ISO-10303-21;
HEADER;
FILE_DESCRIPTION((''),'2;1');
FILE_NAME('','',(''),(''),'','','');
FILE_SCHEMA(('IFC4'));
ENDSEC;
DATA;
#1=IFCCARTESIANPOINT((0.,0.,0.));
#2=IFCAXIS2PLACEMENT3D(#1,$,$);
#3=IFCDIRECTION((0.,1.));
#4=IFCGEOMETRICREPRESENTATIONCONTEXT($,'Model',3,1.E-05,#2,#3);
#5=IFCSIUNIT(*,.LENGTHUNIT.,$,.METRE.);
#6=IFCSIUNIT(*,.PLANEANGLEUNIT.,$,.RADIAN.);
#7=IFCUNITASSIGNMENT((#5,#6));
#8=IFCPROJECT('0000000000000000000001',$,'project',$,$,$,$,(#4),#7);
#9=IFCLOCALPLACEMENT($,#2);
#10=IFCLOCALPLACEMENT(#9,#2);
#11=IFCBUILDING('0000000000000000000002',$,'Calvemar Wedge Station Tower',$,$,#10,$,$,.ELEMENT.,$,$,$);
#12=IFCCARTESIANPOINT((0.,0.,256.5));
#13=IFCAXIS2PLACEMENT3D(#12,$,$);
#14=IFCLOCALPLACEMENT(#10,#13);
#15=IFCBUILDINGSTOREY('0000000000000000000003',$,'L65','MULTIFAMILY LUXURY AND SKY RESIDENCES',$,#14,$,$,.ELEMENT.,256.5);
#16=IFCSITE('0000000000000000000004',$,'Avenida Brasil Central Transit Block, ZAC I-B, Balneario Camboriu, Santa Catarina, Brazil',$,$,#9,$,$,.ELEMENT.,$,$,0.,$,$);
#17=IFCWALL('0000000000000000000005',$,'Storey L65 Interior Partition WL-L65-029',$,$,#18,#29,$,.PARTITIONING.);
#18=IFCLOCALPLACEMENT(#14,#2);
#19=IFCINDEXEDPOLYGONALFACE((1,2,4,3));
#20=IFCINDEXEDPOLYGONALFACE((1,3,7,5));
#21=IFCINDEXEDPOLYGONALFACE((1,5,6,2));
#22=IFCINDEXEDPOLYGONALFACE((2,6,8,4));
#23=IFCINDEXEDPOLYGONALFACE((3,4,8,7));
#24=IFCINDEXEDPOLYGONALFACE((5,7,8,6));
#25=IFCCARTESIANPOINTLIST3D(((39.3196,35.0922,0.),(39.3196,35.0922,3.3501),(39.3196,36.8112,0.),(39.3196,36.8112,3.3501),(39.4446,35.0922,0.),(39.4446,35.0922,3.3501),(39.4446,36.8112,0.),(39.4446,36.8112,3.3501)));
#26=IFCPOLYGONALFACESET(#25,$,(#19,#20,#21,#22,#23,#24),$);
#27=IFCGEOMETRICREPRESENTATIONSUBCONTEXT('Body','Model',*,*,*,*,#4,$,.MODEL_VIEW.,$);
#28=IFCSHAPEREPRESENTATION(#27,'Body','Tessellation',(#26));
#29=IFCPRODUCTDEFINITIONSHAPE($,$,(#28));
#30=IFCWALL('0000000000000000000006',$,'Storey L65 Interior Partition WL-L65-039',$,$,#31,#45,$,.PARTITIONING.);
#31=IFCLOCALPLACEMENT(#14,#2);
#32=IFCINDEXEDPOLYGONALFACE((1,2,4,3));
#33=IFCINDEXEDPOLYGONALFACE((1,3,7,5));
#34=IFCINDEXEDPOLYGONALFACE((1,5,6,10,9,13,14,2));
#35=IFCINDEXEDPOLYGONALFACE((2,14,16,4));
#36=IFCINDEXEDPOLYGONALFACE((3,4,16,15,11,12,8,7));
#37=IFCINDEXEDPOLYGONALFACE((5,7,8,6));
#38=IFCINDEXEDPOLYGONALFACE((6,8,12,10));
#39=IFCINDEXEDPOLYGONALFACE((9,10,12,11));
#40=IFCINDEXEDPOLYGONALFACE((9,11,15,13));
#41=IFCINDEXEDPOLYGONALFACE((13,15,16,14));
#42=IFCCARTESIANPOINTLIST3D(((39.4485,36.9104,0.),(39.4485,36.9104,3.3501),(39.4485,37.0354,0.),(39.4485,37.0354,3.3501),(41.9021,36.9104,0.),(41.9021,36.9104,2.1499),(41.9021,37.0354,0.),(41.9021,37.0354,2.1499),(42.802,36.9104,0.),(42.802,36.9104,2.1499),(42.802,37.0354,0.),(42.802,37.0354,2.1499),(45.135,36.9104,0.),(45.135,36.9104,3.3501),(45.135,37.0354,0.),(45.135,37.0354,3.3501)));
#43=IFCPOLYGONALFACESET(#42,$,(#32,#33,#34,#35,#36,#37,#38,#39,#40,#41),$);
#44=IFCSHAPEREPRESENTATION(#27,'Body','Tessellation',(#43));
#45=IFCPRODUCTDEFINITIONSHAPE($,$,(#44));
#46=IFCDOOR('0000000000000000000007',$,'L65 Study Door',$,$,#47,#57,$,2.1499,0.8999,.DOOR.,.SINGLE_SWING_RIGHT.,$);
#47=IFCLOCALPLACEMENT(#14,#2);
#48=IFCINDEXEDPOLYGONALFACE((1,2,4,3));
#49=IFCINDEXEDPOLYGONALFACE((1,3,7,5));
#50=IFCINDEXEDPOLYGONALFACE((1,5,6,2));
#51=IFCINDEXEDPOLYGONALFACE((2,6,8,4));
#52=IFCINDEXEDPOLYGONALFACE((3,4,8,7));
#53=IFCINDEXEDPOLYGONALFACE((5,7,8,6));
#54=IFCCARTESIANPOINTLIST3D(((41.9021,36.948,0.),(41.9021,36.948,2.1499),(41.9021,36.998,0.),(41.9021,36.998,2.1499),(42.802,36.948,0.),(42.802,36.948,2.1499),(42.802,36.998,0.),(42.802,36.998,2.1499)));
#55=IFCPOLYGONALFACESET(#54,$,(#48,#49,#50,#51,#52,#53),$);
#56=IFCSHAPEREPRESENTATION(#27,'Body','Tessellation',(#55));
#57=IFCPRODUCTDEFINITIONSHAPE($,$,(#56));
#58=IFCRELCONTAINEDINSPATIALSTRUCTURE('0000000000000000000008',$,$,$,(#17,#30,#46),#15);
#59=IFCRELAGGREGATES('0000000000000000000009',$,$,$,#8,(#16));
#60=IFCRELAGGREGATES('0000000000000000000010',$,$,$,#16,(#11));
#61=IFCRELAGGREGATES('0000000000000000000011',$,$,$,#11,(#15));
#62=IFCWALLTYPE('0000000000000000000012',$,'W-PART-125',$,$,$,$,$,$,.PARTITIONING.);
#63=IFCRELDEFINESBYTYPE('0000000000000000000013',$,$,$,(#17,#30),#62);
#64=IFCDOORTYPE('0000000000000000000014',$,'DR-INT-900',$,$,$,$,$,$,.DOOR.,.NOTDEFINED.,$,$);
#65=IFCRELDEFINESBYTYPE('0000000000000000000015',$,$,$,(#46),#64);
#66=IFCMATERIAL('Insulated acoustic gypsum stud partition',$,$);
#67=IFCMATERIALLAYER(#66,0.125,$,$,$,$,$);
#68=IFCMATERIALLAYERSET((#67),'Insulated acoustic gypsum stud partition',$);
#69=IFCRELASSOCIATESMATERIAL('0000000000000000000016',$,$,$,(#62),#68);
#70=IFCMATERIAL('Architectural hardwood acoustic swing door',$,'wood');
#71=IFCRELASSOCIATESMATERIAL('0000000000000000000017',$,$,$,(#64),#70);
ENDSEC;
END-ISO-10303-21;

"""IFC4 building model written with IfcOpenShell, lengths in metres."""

from ifc_helpers import new_model, si_unit, direction, frame, frame_2d, origin, place, context, subcontext, project, spatial, rectangle, extrude, source, transform, mapped, material, layer, layer_set, type_object, element, fill, save


model = new_model("IFC4")

# Units and contexts
model_context = context("Model", 3, precision=1e-05, world=origin(), true_north=direction((0.0, 1.0)))
body_context = subcontext(model_context, "Body", "Model", "MODEL_VIEW")
ifc_project = project(units=[si_unit("LENGTHUNIT", "METRE"), si_unit("PLANEANGLEUNIT", "RADIAN")], contexts=[model_context])

# Site, building, storey
site_placement = place(None, origin())
site = spatial("IfcSite", under=ifc_project, at=site_placement, Name="Avenida Brasil Central Transit Block, ZAC I-B, Balneario Camboriu, Santa Catarina, Brazil", CompositionType="ELEMENT", RefElevation=0.0)
building_placement = place(site_placement, origin())
building = spatial("IfcBuilding", under=site, at=building_placement, Name="Calvemar Wedge Station Tower", CompositionType="ELEMENT")
storey_placement = place(building_placement, frame((0.0, 0.0, 256.5)))
storey = spatial("IfcBuildingStorey", under=building, at=storey_placement, Name="L65", Description="MULTIFAMILY LUXURY AND SKY RESIDENCES", CompositionType="ELEMENT", Elevation=256.5)

# Wall
ifc_material_1 = material(Name="Insulated acoustic gypsum stud partition")
ifc_layer_1 = layer(ifc_material_1, 0.125)
ifc_layer_set_1 = layer_set([ifc_layer_1], Name="Insulated acoustic gypsum stud partition")
wall_type_1 = type_object("IfcWallType", Name="W-PART-125", PredefinedType="PARTITIONING", material=ifc_layer_set_1)
wall_1_placement = place(storey_placement, frame((39.3821, 36.811, 0.0), z_axis=(0.0, 0.0, 1.0), x_axis=(0.0, -1.0, 0.0)))
element("IfcWall", 1, at=wall_1_placement, inside=storey, type_object=wall_type_1, Name="Storey L65 Interior Partition WL-L65-029", PredefinedType="PARTITIONING", context=body_context, shape_type="SweptSolid", body=[
    extrude(rectangle(XDim=1.719, YDim=0.125, at=frame_2d((0.8594, 0.0))), origin(), (0.0, 0.0, 1.0), 3.3501),
])

# Wall, opening, door
wall_2_placement = place(storey_placement, frame((45.135, 36.9729, 0.0), z_axis=(0.0, 0.0, 1.0), x_axis=(-1.0, 0.0, 0.0)))
wall_2 = element("IfcWall", 2, at=wall_2_placement, inside=storey, type_object=wall_type_1, Name="Storey L65 Interior Partition WL-L65-039", PredefinedType="PARTITIONING", context=body_context, shape_type="SweptSolid", body=[
    extrude(rectangle(XDim=5.6865, YDim=0.125, at=frame_2d((2.8433, 0.0))), origin(), (0.0, 0.0, 1.0), 3.3501),
])
shared_shape_1 = source(origin(), body_context, "Body", "SweptSolid", [
    extrude(rectangle(XDim=0.8999, YDim=2.1499, at=frame_2d((0.45, 1.075))), frame((0.0, 0.0725, 0.0), z_axis=(0.0, -1.0, 0.0), x_axis=(1.0, 0.0, 0.0)), (0.0, 0.0, 1.0), 0.145),
])
opening_1_placement = place(wall_2_placement, frame((2.333, 0.0, 0.0)))
opening_1 = element("IfcOpeningElement", 3, at=opening_1_placement, cuts=wall_2, PredefinedType="OPENING", context=body_context, shape_type="MappedRepresentation", body=[
    mapped(shared_shape_1, transform((0.0, 0.0, 0.0), scale=1.0)),
])
ifc_material_2 = material(Name="Architectural hardwood acoustic swing door", Category="wood")
door_type_1 = type_object("IfcDoorType", Name="DR-INT-900", OperationType="NOTDEFINED", PredefinedType="DOOR", material=ifc_material_2)
shared_shape_2 = source(origin(), body_context, "Body", "SweptSolid", [
    extrude(rectangle(XDim=0.8999, YDim=2.1499, at=frame_2d((0.45, 1.075))), frame((0.0, 0.0249, 0.0), z_axis=(0.0, -1.0, 0.0), x_axis=(1.0, 0.0, 0.0)), (0.0, 0.0, 1.0), 0.05),
])
door_1_placement = place(opening_1_placement, origin())
door_1 = element("IfcDoor", 4, at=door_1_placement, inside=storey, type_object=door_type_1, Name="L65 Study Door", OperationType="SINGLE_SWING_RIGHT", OverallHeight=2.1499, OverallWidth=0.8999, PredefinedType="DOOR", context=body_context, shape_type="MappedRepresentation", body=[
    mapped(shared_shape_2, transform((0.0, 0.0, 0.0), scale=1.0)),
])
fill(opening_1, door_1)

save(model, "model.ifc")
